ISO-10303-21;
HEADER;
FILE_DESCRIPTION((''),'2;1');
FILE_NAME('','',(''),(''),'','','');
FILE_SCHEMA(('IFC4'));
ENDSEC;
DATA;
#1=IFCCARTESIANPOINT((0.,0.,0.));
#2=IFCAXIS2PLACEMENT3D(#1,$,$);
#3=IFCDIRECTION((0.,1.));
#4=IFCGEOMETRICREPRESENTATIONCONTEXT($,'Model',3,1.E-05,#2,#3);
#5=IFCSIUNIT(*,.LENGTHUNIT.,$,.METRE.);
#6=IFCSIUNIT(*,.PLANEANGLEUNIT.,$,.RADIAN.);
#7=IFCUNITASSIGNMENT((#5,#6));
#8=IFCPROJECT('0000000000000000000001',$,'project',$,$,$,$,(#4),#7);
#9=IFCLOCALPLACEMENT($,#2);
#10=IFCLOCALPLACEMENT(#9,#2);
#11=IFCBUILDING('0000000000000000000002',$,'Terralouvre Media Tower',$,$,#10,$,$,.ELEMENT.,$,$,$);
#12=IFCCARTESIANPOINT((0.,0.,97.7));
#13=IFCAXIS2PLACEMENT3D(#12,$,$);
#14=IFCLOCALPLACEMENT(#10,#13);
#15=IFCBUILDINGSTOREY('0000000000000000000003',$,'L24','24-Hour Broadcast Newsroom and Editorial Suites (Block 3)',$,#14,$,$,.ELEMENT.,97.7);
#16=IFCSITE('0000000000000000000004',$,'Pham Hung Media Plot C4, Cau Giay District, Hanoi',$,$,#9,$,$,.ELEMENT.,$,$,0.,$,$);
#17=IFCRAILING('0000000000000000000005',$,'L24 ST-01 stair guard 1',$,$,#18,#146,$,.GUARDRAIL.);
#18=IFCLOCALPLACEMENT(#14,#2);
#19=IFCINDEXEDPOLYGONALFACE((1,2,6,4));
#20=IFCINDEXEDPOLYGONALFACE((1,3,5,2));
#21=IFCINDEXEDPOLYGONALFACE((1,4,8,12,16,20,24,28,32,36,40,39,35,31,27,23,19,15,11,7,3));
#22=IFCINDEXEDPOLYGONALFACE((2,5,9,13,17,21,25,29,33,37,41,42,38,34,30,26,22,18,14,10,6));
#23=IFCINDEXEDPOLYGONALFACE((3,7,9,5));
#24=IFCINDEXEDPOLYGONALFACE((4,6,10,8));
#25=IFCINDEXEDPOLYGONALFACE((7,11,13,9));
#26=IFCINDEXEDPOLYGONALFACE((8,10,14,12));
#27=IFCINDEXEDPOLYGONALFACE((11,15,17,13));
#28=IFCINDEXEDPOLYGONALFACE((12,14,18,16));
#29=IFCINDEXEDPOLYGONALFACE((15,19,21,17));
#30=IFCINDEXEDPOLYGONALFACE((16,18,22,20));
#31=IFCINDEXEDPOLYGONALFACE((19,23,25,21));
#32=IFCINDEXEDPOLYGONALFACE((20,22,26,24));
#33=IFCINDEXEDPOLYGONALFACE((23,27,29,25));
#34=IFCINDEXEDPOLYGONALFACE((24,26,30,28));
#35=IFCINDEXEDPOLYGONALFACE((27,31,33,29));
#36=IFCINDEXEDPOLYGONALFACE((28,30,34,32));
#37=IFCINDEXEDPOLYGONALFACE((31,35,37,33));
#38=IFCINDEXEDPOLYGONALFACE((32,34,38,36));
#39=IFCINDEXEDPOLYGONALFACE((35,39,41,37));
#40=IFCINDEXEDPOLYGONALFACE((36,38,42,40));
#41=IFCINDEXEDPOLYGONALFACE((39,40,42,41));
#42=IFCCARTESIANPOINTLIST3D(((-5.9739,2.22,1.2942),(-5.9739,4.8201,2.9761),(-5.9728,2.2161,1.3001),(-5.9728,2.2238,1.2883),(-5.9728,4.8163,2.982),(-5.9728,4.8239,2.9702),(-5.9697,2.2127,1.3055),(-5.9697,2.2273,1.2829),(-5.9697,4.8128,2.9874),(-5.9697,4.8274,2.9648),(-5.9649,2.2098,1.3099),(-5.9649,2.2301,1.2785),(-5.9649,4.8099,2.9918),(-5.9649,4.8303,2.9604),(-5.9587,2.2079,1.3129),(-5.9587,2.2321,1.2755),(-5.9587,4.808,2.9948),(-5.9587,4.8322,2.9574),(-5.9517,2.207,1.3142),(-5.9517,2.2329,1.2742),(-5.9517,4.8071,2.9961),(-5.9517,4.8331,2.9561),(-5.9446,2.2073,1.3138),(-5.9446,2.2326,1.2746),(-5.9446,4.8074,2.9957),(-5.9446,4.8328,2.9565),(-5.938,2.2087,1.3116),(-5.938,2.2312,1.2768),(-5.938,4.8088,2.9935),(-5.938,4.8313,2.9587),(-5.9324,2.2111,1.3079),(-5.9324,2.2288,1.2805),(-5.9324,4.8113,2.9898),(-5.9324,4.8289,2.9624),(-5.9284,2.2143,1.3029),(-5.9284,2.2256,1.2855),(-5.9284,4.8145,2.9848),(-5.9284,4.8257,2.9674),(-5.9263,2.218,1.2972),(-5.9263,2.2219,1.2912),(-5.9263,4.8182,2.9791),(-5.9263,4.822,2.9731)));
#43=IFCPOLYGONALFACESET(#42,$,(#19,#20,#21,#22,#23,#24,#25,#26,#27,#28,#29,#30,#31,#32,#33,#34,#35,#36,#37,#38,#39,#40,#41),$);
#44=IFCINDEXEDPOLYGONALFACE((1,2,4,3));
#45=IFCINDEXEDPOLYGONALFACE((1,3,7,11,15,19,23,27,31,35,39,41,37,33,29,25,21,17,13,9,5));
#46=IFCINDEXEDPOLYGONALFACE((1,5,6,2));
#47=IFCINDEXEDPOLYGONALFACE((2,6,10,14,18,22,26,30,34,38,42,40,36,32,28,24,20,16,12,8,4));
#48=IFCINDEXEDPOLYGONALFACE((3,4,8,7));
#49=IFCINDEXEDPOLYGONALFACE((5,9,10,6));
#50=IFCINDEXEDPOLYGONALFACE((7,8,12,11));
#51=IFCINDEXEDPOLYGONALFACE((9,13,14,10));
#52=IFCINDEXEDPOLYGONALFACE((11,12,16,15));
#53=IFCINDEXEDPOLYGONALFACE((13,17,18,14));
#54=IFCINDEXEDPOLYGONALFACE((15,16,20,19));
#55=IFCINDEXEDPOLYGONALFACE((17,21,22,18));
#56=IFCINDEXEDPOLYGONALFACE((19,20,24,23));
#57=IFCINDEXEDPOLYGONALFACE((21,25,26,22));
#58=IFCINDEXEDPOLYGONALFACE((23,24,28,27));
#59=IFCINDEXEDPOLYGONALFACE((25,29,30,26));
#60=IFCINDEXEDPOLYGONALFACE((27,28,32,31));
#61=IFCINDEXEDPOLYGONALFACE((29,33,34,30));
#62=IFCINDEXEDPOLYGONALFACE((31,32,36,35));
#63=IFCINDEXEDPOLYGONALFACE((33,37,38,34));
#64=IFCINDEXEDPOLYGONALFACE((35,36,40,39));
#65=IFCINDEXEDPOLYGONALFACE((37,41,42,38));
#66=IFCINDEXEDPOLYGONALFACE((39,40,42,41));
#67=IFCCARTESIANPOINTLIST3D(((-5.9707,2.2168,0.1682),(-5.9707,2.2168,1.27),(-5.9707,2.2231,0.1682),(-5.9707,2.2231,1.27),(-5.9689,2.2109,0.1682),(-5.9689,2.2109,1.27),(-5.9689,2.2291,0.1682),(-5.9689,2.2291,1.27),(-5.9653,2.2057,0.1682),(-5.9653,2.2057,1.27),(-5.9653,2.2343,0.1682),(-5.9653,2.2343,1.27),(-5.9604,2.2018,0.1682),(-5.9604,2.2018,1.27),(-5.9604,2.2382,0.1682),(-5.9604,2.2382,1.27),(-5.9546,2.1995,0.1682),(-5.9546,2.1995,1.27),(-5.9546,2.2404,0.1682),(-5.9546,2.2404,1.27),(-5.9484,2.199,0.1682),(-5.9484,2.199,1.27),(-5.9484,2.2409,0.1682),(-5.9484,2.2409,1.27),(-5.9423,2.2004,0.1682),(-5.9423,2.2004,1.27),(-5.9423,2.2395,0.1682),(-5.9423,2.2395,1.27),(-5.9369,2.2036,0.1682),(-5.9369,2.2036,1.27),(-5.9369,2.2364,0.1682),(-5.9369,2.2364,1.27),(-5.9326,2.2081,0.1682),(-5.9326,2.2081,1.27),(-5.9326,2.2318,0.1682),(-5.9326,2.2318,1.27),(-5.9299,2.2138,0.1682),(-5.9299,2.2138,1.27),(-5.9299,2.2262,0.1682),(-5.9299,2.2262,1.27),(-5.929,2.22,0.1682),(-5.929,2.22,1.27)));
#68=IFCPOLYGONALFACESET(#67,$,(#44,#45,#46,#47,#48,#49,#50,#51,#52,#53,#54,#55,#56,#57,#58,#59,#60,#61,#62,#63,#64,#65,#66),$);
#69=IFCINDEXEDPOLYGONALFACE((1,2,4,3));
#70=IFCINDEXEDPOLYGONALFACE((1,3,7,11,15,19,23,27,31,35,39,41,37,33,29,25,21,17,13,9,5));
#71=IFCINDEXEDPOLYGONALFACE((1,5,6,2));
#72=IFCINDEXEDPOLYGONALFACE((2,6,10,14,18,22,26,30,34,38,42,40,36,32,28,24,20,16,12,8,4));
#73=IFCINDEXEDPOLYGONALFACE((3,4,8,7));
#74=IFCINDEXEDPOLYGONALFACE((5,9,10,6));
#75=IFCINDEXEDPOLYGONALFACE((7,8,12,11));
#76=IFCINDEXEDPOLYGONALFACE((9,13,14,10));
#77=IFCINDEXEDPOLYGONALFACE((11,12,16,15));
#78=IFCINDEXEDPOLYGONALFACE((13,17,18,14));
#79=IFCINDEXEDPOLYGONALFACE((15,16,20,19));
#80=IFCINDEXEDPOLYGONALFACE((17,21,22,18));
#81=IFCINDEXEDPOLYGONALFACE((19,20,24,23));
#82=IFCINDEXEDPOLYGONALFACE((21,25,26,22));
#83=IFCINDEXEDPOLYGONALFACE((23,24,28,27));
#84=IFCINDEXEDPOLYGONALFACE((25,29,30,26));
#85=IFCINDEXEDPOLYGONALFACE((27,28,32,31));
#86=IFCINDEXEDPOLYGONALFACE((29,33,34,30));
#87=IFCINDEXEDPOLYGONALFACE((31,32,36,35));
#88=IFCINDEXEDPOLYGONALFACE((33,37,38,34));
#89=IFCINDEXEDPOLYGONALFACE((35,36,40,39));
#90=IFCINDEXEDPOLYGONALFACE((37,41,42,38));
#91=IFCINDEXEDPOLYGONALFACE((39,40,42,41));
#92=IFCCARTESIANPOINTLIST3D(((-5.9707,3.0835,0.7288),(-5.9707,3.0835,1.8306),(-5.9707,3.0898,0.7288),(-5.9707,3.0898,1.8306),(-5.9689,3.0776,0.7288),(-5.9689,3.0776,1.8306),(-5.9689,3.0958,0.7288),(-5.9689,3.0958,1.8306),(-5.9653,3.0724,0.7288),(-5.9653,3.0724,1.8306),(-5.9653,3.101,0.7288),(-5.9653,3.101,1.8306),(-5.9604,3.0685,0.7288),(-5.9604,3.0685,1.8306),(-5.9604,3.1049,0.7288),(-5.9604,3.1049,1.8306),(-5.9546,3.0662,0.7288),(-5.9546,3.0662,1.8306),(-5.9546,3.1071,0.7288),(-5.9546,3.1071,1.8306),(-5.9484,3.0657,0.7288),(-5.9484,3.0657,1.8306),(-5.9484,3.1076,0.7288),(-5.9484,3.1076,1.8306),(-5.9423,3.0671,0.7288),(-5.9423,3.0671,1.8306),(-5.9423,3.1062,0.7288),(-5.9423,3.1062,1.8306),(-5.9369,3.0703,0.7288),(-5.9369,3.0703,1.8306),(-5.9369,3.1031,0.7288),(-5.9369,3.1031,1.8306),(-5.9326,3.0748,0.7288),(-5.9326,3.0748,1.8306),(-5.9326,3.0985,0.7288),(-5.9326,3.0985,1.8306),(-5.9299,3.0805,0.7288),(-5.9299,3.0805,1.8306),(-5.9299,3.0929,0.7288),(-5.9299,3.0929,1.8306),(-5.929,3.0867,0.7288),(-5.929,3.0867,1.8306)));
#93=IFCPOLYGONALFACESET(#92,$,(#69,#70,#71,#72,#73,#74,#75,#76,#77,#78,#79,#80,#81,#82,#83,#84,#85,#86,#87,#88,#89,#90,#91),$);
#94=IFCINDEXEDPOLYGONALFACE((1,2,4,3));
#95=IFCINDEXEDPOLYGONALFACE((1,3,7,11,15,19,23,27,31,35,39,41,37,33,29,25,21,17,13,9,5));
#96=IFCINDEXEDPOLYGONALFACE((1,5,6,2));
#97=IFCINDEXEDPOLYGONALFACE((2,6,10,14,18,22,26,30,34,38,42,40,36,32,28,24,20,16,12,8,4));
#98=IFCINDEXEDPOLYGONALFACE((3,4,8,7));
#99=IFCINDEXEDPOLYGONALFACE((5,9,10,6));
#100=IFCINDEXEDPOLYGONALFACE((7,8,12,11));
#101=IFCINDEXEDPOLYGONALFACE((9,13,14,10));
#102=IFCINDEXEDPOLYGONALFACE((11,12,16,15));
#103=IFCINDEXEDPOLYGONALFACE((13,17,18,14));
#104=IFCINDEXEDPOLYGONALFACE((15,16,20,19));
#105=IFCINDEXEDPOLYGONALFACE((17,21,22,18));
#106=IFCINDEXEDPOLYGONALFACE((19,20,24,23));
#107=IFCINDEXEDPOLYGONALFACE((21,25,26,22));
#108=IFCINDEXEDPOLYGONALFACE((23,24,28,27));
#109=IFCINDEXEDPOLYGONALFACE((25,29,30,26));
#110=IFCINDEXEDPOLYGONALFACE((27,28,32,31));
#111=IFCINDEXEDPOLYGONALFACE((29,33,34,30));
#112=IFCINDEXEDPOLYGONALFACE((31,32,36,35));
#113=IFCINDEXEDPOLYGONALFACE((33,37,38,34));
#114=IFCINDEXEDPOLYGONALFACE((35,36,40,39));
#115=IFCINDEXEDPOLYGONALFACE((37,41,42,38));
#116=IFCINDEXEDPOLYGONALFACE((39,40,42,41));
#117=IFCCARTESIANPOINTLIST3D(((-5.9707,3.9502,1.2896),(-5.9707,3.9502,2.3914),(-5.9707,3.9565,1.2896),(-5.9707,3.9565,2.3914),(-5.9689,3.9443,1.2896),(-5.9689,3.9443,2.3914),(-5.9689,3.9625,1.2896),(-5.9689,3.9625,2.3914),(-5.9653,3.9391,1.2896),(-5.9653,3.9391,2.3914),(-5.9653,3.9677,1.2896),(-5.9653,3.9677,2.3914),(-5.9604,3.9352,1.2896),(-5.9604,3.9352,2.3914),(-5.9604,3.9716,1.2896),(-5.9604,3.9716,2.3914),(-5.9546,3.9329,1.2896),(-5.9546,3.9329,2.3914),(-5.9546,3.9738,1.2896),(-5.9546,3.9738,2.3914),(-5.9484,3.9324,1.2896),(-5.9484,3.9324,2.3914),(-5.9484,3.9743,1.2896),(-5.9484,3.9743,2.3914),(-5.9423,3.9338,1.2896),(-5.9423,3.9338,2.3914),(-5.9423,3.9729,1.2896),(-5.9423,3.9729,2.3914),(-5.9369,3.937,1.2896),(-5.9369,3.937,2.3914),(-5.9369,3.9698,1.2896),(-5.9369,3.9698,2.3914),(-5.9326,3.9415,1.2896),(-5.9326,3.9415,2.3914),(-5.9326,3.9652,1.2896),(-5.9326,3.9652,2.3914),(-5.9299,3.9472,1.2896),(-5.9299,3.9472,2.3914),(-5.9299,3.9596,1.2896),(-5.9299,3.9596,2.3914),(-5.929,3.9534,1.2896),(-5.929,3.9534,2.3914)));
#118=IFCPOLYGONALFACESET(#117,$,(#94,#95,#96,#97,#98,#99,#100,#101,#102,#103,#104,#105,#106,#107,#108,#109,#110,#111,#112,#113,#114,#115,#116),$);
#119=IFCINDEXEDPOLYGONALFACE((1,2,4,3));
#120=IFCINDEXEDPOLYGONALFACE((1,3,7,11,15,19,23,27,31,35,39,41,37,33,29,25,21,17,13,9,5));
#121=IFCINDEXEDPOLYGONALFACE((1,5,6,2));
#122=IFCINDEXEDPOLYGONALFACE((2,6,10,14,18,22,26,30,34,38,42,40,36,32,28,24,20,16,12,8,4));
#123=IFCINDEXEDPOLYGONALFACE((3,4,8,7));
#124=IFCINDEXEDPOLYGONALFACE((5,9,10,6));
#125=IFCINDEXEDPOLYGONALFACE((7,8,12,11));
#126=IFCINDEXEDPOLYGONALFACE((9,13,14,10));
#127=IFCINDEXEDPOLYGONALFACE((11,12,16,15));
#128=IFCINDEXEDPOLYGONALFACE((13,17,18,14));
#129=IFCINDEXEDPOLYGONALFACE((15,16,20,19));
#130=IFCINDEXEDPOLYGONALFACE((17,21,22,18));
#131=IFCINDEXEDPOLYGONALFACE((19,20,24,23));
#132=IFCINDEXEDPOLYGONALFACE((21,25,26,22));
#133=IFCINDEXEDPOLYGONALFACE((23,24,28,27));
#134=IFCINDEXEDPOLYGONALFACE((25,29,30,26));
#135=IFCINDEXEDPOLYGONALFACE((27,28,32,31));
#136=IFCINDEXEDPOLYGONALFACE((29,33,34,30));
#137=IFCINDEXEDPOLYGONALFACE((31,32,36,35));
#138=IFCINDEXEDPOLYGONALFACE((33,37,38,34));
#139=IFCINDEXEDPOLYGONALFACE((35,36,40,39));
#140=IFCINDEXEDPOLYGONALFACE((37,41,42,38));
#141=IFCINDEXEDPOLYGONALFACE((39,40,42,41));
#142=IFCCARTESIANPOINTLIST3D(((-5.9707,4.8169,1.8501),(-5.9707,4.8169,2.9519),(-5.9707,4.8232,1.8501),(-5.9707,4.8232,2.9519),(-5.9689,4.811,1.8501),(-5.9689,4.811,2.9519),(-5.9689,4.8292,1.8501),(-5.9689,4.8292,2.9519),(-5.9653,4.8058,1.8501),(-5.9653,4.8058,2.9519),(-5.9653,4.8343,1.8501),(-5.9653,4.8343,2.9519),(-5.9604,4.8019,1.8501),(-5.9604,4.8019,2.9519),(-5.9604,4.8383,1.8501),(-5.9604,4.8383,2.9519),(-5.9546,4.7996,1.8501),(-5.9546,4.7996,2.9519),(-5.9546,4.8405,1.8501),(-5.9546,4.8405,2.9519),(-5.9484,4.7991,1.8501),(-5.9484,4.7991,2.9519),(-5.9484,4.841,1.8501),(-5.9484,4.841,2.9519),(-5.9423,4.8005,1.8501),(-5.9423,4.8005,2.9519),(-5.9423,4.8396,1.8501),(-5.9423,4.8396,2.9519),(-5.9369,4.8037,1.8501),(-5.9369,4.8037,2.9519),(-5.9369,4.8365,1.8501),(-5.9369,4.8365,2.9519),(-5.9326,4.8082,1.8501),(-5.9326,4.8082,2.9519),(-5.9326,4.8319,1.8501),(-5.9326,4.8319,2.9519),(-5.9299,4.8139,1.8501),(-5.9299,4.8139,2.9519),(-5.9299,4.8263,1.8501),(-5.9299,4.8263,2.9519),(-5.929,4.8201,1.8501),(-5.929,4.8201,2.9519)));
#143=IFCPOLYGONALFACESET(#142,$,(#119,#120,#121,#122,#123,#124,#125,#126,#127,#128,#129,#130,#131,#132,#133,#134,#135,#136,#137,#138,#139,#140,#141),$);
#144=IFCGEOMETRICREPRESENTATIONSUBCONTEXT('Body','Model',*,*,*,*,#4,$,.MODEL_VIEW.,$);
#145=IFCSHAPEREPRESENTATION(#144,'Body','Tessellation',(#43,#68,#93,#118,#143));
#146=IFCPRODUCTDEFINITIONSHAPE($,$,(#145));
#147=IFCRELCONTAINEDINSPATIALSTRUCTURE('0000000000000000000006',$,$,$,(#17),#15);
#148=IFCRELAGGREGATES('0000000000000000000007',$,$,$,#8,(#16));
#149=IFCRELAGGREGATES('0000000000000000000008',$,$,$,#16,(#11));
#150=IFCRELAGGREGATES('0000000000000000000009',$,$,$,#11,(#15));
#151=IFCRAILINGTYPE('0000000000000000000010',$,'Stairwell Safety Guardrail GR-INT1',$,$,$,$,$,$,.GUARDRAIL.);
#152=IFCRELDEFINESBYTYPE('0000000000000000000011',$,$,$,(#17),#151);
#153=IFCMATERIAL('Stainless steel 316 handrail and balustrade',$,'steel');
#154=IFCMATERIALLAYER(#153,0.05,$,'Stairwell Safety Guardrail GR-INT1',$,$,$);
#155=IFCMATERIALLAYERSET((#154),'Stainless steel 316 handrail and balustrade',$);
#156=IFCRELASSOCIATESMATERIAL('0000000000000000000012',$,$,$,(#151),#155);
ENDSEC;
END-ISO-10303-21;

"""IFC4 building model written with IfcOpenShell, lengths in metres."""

from ifc_helpers import new_model, si_unit, direction, frame, origin, origin_2d, place, context, subcontext, project, spatial, circle, extrude, material, layer, layer_set, type_object, element, save


model = new_model("IFC4")

# Units and contexts
model_context = context("Model", 3, precision=1e-05, world=origin(), true_north=direction((0.0, 1.0)))
body_context = subcontext(model_context, "Body", "Model", "MODEL_VIEW")
ifc_project = project(units=[si_unit("LENGTHUNIT", "METRE"), si_unit("PLANEANGLEUNIT", "RADIAN")], contexts=[model_context])

# Site, building, storey
site_placement = place(None, origin())
site = spatial("IfcSite", under=ifc_project, at=site_placement, Name="Pham Hung Media Plot C4, Cau Giay District, Hanoi", CompositionType="ELEMENT", RefElevation=0.0)
building_placement = place(site_placement, origin())
building = spatial("IfcBuilding", under=site, at=building_placement, Name="Terralouvre Media Tower", CompositionType="ELEMENT")
storey_placement = place(building_placement, frame((0.0, 0.0, 97.7)))
storey = spatial("IfcBuildingStorey", under=building, at=storey_placement, Name="L24", Description="24-Hour Broadcast Newsroom and Editorial Suites (Block 3)", CompositionType="ELEMENT", Elevation=97.7)

# Railing
ifc_material_1 = material(Name="Stainless steel 316 handrail and balustrade", Category="steel")
ifc_layer_1 = layer(ifc_material_1, 0.05, Name="Stairwell Safety Guardrail GR-INT1")
ifc_layer_set_1 = layer_set([ifc_layer_1], Name="Stainless steel 316 handrail and balustrade")
railing_type_1 = type_object("IfcRailingType", Name="Stairwell Safety Guardrail GR-INT1", PredefinedType="GUARDRAIL", material=ifc_layer_set_1)
railing_1_placement = place(storey_placement, frame((-5.95, 2.22, 0.1682)))
element("IfcRailing", 1, at=railing_1_placement, inside=storey, type_object=railing_type_1, Name="L24 ST-01 stair guard 1", PredefinedType="GUARDRAIL", context=body_context, shape_type="SweptSolid", body=[
    extrude(circle(Radius=0.0239, at=origin_2d()), frame((0.0, 0.0, 1.126), z_axis=(0.0, 0.839648, 0.54313), x_axis=(-1.0, 0.0, 0.0)), (0.0, 0.0, 1.0), 3.0967),
    extrude(circle(Radius=0.021, at=origin_2d()), origin(), (0.0, 0.0, 1.0), 1.1018),
    extrude(circle(Radius=0.021, at=origin_2d()), frame((0.0, 0.8667, 0.5605)), (0.0, 0.0, 1.0), 1.1018),
    extrude(circle(Radius=0.021, at=origin_2d()), frame((0.0, 1.7334, 1.1213)), (0.0, 0.0, 1.0), 1.1018),
    extrude(circle(Radius=0.021, at=origin_2d()), frame((0.0, 2.6001, 1.6819)), (0.0, 0.0, 1.0), 1.1018),
])

save(model, "model.ifc")
